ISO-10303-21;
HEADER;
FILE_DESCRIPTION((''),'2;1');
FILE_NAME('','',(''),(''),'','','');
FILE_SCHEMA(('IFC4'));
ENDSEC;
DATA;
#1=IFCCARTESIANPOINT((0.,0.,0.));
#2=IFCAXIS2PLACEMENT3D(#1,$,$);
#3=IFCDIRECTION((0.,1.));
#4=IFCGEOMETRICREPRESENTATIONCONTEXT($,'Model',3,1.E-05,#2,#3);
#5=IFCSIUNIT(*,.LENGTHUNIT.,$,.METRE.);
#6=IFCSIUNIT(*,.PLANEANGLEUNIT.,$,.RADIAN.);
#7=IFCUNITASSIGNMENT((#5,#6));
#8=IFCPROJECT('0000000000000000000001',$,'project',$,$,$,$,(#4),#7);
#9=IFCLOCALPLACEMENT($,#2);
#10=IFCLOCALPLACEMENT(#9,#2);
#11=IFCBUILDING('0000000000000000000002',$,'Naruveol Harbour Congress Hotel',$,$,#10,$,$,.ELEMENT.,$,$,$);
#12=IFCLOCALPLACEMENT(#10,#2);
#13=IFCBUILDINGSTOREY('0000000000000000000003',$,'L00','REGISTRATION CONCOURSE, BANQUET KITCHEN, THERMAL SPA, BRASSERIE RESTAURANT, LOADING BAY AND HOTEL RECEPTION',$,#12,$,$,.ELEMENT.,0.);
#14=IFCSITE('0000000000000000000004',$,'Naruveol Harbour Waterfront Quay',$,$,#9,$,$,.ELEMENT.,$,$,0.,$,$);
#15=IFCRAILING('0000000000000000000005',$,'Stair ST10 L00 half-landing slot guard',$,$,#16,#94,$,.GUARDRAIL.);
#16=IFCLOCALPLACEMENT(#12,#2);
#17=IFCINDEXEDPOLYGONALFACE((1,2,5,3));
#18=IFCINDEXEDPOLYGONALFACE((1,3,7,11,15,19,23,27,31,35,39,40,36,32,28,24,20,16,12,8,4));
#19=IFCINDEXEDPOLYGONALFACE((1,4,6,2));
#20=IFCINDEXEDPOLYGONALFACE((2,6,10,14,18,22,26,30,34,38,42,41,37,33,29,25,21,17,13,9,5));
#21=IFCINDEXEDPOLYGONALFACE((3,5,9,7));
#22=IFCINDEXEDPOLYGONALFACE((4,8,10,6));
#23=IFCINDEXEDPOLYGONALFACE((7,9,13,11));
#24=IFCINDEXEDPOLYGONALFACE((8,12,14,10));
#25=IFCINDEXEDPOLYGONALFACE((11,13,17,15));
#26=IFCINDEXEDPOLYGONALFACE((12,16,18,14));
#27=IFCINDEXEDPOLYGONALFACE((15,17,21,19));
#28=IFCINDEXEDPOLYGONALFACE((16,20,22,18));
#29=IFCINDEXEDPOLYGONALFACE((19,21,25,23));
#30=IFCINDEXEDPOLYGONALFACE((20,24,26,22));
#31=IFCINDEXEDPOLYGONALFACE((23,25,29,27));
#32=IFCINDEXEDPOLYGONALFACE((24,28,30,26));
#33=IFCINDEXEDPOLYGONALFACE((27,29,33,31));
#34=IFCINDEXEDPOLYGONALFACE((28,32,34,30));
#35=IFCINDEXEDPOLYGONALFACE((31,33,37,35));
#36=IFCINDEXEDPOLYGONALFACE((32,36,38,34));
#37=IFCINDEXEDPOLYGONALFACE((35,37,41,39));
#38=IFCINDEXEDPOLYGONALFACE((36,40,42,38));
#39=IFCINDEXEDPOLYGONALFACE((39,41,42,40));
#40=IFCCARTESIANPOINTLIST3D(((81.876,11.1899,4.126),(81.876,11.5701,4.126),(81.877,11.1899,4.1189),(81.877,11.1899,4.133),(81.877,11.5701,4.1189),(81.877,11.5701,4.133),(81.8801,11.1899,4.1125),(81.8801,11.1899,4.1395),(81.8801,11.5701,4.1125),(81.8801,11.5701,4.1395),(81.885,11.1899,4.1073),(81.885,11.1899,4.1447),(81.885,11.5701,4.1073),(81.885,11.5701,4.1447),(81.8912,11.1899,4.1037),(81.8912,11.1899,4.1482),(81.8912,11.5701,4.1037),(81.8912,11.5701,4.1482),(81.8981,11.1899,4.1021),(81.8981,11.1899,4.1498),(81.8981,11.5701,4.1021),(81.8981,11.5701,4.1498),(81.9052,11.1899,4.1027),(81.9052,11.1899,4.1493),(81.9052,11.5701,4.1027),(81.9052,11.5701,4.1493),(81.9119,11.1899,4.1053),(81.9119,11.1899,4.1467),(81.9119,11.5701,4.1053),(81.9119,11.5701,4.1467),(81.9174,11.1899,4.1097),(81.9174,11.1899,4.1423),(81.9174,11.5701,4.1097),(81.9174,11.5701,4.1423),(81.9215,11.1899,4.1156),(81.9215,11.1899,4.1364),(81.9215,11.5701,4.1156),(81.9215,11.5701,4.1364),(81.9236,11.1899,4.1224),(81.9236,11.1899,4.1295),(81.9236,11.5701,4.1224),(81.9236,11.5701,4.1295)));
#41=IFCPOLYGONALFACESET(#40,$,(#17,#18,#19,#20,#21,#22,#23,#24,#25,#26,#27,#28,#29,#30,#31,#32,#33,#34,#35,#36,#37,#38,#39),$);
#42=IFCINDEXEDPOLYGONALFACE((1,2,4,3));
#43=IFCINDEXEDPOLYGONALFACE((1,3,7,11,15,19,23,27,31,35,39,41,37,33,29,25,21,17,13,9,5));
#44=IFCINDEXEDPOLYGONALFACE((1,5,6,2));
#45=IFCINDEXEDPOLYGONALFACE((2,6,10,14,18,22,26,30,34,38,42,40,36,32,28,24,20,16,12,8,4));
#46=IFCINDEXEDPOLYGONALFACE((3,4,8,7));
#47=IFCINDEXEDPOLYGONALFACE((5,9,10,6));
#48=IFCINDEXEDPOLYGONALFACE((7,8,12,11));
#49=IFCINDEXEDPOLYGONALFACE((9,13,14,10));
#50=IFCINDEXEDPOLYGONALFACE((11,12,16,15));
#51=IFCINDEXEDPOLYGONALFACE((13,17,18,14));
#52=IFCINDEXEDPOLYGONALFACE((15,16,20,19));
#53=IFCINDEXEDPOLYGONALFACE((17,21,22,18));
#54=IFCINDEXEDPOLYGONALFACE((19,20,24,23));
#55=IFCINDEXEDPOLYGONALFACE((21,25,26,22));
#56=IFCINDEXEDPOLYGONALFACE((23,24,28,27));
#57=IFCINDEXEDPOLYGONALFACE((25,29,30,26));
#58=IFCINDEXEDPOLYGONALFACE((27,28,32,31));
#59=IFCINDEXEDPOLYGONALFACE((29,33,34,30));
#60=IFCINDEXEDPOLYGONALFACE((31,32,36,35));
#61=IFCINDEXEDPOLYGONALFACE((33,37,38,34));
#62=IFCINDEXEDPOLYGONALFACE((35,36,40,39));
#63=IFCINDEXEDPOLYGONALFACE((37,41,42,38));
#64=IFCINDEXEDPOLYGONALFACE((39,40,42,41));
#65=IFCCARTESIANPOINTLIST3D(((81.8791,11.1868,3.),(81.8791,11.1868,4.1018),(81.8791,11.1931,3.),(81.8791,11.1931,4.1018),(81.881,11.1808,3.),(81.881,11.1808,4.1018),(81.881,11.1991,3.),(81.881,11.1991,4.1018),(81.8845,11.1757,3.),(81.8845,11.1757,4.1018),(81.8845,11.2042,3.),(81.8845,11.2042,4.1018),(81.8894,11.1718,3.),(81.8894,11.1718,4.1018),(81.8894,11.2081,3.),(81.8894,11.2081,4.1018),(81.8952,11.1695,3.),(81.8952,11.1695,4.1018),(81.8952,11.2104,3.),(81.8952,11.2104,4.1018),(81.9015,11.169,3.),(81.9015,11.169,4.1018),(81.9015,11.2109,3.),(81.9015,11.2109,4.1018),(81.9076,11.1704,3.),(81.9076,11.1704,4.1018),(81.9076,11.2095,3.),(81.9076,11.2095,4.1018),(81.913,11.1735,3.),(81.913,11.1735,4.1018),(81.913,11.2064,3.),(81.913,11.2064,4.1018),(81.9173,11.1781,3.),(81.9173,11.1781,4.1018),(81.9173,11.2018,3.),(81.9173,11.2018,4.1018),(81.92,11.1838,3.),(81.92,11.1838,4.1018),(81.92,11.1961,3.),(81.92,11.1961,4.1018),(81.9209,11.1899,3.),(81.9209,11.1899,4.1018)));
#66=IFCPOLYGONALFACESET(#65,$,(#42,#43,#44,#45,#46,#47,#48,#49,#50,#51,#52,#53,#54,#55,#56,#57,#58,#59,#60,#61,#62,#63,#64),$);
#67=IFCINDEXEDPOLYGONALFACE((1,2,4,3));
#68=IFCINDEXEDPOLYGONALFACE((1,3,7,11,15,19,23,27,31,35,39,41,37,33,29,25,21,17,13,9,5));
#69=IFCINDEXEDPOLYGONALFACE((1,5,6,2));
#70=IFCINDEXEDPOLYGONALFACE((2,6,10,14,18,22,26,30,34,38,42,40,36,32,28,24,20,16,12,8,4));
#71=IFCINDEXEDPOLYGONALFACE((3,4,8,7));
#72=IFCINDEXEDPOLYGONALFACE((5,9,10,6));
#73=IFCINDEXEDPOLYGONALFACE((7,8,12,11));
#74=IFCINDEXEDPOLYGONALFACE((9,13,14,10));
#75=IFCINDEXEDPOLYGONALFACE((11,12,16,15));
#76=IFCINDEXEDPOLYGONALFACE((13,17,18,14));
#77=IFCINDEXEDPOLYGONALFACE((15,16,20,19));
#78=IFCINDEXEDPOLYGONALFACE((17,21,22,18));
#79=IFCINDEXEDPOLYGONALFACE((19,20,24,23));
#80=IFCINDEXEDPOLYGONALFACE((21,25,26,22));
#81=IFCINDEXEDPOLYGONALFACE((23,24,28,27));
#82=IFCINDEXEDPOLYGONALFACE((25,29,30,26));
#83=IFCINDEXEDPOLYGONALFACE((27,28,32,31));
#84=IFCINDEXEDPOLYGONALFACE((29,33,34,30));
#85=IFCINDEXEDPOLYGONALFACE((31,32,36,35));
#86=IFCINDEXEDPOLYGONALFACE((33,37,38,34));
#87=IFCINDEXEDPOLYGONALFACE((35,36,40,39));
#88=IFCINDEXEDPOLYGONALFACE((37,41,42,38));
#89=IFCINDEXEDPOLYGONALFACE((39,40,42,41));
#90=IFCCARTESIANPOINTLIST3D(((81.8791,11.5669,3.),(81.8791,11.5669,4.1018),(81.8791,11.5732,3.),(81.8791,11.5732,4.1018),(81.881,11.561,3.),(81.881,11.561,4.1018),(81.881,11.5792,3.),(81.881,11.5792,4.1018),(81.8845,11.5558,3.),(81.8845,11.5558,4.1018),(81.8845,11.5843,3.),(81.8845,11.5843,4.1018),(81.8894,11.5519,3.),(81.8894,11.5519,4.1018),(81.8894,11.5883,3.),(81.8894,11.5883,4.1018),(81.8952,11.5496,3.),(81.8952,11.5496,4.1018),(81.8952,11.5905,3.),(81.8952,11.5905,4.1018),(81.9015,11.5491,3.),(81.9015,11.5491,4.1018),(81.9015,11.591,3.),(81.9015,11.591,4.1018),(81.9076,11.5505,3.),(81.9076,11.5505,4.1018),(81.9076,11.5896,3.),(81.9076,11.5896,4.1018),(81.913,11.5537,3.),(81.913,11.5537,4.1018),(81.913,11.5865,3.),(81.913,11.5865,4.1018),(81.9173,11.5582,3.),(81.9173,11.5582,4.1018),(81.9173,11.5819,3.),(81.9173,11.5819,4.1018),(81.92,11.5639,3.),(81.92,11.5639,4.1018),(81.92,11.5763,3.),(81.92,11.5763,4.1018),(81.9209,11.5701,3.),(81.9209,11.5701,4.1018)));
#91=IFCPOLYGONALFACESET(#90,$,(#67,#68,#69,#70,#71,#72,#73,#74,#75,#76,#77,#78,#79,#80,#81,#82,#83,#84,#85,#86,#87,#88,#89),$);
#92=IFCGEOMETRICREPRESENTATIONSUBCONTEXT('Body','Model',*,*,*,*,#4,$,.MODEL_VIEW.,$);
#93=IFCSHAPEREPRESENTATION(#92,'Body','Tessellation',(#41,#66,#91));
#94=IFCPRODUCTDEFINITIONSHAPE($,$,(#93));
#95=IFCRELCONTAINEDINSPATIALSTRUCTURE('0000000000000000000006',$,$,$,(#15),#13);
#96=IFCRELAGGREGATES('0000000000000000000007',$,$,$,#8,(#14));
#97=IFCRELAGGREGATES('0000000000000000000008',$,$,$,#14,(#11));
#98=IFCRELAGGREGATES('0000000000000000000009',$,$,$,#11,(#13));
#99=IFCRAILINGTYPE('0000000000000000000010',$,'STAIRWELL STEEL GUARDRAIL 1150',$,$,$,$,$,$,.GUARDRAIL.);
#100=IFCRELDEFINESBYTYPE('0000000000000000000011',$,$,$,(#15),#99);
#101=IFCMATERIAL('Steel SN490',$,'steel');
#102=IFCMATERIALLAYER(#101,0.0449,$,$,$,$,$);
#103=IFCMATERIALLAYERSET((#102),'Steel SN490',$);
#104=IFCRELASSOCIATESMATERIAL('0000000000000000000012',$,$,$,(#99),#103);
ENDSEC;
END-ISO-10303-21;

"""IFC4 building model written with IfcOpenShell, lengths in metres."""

from ifc_helpers import new_model, si_unit, direction, frame, origin, origin_2d, place, context, subcontext, project, spatial, circle, extrude, material, layer, layer_set, type_object, element, save


model = new_model("IFC4")

# Units and contexts
model_context = context("Model", 3, precision=1e-05, world=origin(), true_north=direction((0.0, 1.0)))
body_context = subcontext(model_context, "Body", "Model", "MODEL_VIEW")
ifc_project = project(units=[si_unit("LENGTHUNIT", "METRE"), si_unit("PLANEANGLEUNIT", "RADIAN")], contexts=[model_context])

# Site, building, storey
site_placement = place(None, origin())
site = spatial("IfcSite", under=ifc_project, at=site_placement, Name="Naruveol Harbour Waterfront Quay", CompositionType="ELEMENT", RefElevation=0.0)
building_placement = place(site_placement, origin())
building = spatial("IfcBuilding", under=site, at=building_placement, Name="Naruveol Harbour Congress Hotel", CompositionType="ELEMENT")
storey_placement = place(building_placement, origin())
storey = spatial("IfcBuildingStorey", under=building, at=storey_placement, Name="L00", Description="REGISTRATION CONCOURSE, BANQUET KITCHEN, THERMAL SPA, BRASSERIE RESTAURANT, LOADING BAY AND HOTEL RECEPTION", CompositionType="ELEMENT", Elevation=0.0)

# Railing
ifc_material_1 = material(Name="Steel SN490", Category="steel")
ifc_layer_1 = layer(ifc_material_1, 0.0449)
ifc_layer_set_1 = layer_set([ifc_layer_1], Name="Steel SN490")
railing_type_1 = type_object("IfcRailingType", Name="STAIRWELL STEEL GUARDRAIL 1150", PredefinedType="GUARDRAIL", material=ifc_layer_set_1)
railing_1_placement = place(storey_placement, frame((81.8999, 11.1899, 3.0)))
element("IfcRailing", 1, at=railing_1_placement, inside=storey, type_object=railing_type_1, Name="Stair ST10 L00 half-landing slot guard", PredefinedType="GUARDRAIL", context=body_context, shape_type="SweptSolid", body=[
    extrude(circle(Radius=0.0239, at=origin_2d()), frame((0.0, 0.0, 1.126), z_axis=(0.0, 1.0, 0.0), x_axis=(-1.0, 0.0, 0.0)), (0.0, 0.0, 1.0), 0.3801),
    extrude(circle(Radius=0.021, at=origin_2d()), origin(), (0.0, 0.0, 1.0), 1.1018),
    extrude(circle(Radius=0.021, at=origin_2d()), frame((0.0, 0.3801, 0.0)), (0.0, 0.0, 1.0), 1.1018),
])

save(model, "model.ifc")
